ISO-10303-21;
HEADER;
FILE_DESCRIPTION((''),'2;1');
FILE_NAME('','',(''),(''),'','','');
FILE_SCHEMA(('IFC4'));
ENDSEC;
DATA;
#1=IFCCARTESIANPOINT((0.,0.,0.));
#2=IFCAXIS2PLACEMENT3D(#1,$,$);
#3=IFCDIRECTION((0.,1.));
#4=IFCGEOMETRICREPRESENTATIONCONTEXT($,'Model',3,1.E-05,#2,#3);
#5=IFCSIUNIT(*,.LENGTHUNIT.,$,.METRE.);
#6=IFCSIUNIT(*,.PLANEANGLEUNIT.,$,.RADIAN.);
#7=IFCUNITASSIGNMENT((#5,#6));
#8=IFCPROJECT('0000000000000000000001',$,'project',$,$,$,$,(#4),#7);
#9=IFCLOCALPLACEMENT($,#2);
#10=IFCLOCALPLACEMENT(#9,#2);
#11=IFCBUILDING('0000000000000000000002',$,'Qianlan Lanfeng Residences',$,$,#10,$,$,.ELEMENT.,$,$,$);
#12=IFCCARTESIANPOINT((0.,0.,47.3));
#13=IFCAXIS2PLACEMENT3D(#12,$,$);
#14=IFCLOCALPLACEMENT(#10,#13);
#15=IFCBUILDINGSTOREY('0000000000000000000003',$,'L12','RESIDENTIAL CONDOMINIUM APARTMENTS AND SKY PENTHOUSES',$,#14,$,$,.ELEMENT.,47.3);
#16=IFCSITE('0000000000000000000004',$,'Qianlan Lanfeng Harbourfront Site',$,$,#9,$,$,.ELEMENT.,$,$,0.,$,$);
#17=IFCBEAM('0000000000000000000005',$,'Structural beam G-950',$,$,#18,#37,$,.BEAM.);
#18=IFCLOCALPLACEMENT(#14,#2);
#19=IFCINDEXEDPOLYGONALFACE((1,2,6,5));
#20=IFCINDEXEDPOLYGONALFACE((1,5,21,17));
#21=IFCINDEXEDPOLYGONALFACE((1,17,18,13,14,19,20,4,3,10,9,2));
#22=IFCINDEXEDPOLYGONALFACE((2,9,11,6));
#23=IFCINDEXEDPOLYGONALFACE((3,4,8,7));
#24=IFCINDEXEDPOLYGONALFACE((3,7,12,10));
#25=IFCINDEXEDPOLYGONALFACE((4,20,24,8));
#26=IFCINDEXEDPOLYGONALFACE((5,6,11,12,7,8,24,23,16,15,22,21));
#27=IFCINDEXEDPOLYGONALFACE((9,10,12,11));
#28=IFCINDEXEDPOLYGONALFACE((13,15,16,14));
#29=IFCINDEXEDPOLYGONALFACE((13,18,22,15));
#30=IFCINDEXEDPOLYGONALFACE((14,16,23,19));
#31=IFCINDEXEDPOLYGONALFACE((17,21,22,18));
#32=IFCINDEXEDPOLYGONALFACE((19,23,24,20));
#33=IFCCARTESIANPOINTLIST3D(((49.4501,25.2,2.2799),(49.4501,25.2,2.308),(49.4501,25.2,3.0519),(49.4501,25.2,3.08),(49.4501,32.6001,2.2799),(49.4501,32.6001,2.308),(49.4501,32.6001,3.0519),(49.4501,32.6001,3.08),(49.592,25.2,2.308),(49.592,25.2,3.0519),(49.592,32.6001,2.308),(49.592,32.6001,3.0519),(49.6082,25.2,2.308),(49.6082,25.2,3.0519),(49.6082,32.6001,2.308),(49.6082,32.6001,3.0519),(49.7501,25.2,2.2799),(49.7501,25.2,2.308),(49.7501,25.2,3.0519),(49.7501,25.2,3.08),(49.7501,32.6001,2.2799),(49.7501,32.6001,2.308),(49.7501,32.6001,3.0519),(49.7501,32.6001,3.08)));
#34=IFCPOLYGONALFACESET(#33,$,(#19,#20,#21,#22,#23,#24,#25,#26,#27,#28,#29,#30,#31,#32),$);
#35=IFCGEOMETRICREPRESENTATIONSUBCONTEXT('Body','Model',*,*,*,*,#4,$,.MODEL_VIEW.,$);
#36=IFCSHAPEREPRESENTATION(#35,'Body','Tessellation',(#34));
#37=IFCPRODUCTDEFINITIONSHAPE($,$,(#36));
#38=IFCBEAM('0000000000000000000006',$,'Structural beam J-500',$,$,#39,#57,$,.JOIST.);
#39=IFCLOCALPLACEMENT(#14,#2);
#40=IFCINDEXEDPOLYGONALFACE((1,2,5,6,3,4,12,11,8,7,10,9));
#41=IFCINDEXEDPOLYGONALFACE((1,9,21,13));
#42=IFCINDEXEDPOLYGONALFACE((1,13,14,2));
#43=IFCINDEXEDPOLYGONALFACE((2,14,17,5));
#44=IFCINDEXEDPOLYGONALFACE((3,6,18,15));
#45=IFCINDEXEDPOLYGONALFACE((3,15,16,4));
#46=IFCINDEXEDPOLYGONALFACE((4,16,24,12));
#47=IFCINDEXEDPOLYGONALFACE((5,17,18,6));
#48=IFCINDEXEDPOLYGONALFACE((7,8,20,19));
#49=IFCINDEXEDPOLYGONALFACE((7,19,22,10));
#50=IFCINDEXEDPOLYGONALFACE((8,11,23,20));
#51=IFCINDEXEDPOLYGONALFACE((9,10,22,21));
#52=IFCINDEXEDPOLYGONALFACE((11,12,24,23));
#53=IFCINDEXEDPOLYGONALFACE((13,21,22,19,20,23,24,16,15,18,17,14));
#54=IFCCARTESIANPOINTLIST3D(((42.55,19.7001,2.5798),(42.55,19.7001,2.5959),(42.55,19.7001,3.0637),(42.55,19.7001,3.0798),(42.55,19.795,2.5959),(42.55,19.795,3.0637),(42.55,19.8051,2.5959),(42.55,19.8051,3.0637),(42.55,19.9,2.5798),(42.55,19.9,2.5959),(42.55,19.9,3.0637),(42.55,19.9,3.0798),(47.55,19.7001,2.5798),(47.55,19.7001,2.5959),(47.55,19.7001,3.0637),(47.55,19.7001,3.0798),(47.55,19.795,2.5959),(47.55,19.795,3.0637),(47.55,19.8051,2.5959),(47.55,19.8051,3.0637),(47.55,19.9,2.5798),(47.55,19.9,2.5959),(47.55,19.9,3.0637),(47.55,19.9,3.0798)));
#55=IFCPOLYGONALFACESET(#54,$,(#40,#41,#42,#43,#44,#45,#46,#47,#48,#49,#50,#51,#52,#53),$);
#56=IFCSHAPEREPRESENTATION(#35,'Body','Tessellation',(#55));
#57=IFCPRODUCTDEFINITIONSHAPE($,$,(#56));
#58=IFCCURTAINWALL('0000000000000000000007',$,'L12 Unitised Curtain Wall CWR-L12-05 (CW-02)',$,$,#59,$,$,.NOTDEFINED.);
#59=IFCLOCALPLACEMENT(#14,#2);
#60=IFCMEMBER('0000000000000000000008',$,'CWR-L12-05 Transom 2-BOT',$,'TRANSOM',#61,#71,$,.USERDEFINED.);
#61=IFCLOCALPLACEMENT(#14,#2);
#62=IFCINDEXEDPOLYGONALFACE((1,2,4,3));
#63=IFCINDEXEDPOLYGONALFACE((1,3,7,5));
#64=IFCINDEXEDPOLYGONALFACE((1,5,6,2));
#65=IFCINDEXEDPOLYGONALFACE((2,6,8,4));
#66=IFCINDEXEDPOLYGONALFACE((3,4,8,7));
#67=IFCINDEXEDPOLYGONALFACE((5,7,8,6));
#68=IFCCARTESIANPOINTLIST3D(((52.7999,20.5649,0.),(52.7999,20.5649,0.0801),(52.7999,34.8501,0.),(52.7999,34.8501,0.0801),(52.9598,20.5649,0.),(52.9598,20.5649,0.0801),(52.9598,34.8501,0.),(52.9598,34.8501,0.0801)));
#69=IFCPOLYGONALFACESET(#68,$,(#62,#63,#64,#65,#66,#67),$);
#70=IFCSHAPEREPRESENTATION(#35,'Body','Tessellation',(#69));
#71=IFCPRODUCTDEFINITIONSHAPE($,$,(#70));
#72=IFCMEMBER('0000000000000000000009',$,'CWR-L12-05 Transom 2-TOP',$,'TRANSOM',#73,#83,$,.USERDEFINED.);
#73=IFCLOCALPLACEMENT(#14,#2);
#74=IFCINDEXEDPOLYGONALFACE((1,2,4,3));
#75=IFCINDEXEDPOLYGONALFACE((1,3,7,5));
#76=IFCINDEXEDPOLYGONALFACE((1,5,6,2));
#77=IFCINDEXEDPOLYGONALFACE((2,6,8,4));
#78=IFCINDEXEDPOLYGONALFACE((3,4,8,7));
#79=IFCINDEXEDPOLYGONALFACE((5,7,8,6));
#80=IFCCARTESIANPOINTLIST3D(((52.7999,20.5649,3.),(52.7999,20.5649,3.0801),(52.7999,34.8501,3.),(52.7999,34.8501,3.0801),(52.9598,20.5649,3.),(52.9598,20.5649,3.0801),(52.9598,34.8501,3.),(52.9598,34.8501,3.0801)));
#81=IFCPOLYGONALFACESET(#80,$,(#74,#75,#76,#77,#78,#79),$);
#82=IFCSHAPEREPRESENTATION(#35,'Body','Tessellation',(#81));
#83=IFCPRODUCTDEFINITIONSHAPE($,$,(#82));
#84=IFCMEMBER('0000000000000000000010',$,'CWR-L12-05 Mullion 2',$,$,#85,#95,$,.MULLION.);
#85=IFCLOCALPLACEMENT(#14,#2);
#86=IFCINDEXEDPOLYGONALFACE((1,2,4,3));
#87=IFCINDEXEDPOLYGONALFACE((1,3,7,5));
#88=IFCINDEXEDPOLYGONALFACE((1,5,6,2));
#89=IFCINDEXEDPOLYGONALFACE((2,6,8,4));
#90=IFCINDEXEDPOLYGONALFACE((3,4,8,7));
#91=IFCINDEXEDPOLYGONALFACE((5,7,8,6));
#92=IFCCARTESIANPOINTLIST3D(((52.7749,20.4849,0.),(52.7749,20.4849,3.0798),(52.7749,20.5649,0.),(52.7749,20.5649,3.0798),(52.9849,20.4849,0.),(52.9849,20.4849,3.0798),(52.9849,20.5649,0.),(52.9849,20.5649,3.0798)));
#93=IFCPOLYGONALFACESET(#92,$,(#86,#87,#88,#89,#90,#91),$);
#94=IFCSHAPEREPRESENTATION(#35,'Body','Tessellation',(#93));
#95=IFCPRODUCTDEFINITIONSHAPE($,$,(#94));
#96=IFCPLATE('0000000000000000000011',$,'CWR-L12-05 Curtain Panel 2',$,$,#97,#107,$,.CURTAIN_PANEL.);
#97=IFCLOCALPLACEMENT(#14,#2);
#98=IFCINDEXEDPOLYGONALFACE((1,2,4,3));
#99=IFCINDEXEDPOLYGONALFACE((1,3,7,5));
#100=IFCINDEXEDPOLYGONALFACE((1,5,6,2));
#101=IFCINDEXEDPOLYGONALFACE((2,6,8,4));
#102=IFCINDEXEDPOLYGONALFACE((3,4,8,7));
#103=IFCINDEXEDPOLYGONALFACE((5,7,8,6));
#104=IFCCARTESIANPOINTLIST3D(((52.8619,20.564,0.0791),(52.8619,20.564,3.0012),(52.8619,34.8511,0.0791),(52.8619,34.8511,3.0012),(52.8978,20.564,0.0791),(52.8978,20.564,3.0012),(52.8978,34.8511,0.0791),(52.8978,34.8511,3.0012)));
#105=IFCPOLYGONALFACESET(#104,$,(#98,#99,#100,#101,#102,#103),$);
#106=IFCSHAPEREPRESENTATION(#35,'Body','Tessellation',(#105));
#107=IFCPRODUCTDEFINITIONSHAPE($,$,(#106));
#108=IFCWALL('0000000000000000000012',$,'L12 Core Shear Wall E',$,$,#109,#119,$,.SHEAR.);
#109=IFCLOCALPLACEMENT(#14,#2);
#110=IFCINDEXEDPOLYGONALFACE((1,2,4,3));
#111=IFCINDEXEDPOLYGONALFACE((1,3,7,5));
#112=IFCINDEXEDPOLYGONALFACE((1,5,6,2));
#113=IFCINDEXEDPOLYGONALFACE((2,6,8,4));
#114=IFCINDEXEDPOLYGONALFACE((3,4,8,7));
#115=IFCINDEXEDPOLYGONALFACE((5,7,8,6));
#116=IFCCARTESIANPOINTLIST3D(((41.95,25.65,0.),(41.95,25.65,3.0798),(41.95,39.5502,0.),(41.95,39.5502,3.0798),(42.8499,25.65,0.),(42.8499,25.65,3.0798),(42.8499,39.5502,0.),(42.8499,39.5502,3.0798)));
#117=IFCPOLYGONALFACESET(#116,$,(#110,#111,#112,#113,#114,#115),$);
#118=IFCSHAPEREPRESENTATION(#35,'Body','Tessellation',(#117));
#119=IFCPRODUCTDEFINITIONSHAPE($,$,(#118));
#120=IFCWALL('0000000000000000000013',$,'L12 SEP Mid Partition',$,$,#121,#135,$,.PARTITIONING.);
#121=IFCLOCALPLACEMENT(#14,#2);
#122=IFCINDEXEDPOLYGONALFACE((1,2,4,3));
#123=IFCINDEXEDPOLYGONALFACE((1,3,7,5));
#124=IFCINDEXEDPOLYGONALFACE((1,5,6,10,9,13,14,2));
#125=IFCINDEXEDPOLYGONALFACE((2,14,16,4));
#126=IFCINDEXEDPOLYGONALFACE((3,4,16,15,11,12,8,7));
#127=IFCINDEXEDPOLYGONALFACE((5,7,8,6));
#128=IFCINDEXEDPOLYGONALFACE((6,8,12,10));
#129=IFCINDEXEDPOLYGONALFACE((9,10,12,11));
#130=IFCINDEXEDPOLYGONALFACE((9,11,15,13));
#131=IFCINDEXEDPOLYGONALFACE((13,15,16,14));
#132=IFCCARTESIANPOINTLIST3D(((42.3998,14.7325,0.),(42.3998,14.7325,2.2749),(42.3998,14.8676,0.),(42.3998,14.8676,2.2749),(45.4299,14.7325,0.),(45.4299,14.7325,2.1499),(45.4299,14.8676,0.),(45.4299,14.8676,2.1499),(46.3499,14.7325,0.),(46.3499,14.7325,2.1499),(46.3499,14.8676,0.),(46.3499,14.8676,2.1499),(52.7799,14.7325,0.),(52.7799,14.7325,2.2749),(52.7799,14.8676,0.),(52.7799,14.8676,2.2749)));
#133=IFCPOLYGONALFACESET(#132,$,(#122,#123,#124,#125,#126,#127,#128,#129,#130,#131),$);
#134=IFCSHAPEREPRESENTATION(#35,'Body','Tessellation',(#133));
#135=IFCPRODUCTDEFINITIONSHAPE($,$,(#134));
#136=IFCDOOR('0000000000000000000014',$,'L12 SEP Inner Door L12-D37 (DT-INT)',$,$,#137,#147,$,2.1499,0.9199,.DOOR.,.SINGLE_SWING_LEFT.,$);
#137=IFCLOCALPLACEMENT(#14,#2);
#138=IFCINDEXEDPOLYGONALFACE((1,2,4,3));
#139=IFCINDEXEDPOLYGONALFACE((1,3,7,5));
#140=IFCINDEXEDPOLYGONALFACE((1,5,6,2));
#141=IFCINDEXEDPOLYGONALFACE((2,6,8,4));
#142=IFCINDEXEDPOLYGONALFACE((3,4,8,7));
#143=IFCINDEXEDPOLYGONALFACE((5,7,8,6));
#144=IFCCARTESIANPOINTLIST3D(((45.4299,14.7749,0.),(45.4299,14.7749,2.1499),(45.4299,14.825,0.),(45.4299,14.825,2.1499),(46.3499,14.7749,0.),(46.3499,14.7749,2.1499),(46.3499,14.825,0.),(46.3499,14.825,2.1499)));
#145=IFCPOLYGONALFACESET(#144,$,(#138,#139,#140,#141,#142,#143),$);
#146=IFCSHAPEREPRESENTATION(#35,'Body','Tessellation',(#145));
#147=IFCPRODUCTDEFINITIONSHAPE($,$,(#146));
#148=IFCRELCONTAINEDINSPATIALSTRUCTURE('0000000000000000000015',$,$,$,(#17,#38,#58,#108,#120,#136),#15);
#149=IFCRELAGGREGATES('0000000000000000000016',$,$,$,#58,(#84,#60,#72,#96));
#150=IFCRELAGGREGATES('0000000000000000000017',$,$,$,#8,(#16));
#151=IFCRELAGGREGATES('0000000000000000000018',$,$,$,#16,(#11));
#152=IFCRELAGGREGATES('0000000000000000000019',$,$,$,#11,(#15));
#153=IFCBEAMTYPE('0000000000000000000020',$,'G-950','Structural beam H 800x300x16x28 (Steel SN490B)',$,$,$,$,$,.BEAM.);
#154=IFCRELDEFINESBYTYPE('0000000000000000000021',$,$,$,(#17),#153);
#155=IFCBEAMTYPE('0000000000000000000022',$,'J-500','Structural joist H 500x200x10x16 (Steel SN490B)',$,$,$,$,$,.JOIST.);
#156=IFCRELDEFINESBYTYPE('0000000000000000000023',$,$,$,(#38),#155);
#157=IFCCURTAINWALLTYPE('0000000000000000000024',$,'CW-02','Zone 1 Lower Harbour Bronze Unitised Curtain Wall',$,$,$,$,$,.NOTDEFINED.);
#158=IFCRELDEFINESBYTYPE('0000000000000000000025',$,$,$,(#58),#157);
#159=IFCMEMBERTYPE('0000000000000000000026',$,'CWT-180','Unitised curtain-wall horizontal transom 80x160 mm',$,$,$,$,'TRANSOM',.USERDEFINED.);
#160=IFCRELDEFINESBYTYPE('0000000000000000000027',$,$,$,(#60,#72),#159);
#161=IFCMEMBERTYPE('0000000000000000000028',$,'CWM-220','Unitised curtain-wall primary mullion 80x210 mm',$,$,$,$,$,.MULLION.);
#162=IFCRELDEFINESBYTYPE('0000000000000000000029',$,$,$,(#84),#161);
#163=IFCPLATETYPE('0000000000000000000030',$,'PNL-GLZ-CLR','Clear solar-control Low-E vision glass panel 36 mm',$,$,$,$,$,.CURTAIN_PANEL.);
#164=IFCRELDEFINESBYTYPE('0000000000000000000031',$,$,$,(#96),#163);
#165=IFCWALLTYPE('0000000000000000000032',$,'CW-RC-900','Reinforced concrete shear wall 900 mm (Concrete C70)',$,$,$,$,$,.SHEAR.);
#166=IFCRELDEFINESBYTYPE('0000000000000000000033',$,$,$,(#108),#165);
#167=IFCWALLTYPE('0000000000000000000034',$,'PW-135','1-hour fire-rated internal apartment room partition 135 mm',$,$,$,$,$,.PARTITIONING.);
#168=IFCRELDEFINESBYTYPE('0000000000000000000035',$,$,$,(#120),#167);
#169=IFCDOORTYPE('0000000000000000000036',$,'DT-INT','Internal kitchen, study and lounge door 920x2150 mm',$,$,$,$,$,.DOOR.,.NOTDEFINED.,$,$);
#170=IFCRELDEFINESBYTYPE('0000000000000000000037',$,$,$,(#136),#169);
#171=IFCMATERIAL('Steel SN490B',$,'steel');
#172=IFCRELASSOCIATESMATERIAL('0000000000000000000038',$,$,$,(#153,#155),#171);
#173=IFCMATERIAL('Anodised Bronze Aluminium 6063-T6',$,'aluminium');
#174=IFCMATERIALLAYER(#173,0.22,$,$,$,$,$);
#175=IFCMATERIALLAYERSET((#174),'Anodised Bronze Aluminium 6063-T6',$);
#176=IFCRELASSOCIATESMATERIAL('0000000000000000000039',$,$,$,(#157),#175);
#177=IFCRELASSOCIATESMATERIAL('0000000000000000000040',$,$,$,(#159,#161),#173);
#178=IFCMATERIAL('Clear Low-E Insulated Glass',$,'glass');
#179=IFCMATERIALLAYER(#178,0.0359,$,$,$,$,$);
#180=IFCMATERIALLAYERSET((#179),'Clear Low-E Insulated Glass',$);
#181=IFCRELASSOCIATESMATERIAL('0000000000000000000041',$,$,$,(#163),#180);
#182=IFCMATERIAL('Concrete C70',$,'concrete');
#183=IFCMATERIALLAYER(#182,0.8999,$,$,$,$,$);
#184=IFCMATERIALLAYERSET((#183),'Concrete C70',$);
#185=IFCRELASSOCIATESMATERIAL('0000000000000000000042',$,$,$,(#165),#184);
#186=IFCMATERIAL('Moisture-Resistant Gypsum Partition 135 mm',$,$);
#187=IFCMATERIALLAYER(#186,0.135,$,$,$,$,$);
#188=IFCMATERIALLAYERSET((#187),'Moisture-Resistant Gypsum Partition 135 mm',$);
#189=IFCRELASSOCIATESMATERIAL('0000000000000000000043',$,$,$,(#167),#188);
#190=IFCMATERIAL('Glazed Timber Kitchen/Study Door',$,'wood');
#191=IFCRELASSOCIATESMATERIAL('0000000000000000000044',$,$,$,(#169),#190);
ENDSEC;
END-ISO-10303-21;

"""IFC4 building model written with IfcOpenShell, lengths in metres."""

from ifc_helpers import new_model, si_unit, direction, frame, frame_2d, origin, origin_2d, place, context, subcontext, project, spatial, rectangle, i_section, extrude, source, transform, mapped, material, layer, layer_set, material_profile, profile_set, type_object, element, fill, aggregate, save


model = new_model("IFC4")

# Units and contexts
model_context = context("Model", 3, precision=1e-05, world=origin(), true_north=direction((0.0, 1.0)))
body_context = subcontext(model_context, "Body", "Model", "MODEL_VIEW")
ifc_project = project(units=[si_unit("LENGTHUNIT", "METRE"), si_unit("PLANEANGLEUNIT", "RADIAN")], contexts=[model_context])

# Site, building, storey
site_placement = place(None, origin())
site = spatial("IfcSite", under=ifc_project, at=site_placement, Name="Qianlan Lanfeng Harbourfront Site", CompositionType="ELEMENT", RefElevation=0.0)
building_placement = place(site_placement, origin())
building = spatial("IfcBuilding", under=site, at=building_placement, Name="Qianlan Lanfeng Residences", CompositionType="ELEMENT")
storey_placement = place(building_placement, frame((0.0, 0.0, 47.3)))
storey = spatial("IfcBuildingStorey", under=building, at=storey_placement, Name="L12", Description="RESIDENTIAL CONDOMINIUM APARTMENTS AND SKY PENTHOUSES", CompositionType="ELEMENT", Elevation=47.3)

# Beams
ifc_material_1 = material(Name="Steel SN490B", Category="steel")
ifc_material_profile_1 = material_profile(ifc_material_1, i_section(OverallWidth=0.3, OverallDepth=0.8, WebThickness=0.0161, FlangeThickness=0.0281, at=origin_2d()), Name="H 800x300x16x28")
ifc_profile_set_1 = profile_set([ifc_material_profile_1], Name="Steel SN490B")
beam_type_1 = type_object("IfcBeamType", Name="G-950", Description="Structural beam H 800x300x16x28 (Steel SN490B)", PredefinedType="BEAM", material=ifc_profile_set_1)
beam_1_placement = place(storey_placement, frame((49.6001, 25.2, 2.6799), z_axis=(0.0, 1.0, 0.0), x_axis=(-1.0, 0.0, 0.0)))
element("IfcBeam", 1, at=beam_1_placement, inside=storey, type_object=beam_type_1, Name="Structural beam G-950", PredefinedType="BEAM", context=body_context, shape_type="SweptSolid", body=[
    extrude(i_section(OverallWidth=0.3, OverallDepth=0.8, WebThickness=0.0161, FlangeThickness=0.0281, at=origin_2d()), origin(), (0.0, 0.0, 1.0), 7.4001),
])
ifc_material_profile_2 = material_profile(ifc_material_1, i_section(OverallWidth=0.2, OverallDepth=0.5, WebThickness=0.01, FlangeThickness=0.0161, at=origin_2d()), Name="H 500x200x10x16")
ifc_profile_set_2 = profile_set([ifc_material_profile_2], Name="Steel SN490B")
beam_type_2 = type_object("IfcBeamType", Name="J-500", Description="Structural joist H 500x200x10x16 (Steel SN490B)", PredefinedType="JOIST", material=ifc_profile_set_2)
beam_2_placement = place(storey_placement, frame((42.55, 19.8, 2.8298), z_axis=(1.0, 0.0, 0.0), x_axis=(0.0, 1.0, 0.0)))
element("IfcBeam", 2, at=beam_2_placement, inside=storey, type_object=beam_type_2, Name="Structural beam J-500", PredefinedType="JOIST", context=body_context, shape_type="SweptSolid", body=[
    extrude(i_section(OverallWidth=0.2, OverallDepth=0.5, WebThickness=0.01, FlangeThickness=0.0161, at=origin_2d()), origin(), (0.0, 0.0, 1.0), 5.0),
])

# Curtain wall, members, plate
ifc_material_2 = material(Name="Anodised Bronze Aluminium 6063-T6", Category="aluminium")
ifc_layer_1 = layer(ifc_material_2, 0.22)
ifc_layer_set_1 = layer_set([ifc_layer_1], Name="Anodised Bronze Aluminium 6063-T6")
curtain_wall_type = type_object("IfcCurtainWallType", Name="CW-02", Description="Zone 1 Lower Harbour Bronze Unitised Curtain Wall", PredefinedType="NOTDEFINED", material=ifc_layer_set_1)
curtain_wall_placement = place(storey_placement, origin())
curtain_wall = element("IfcCurtainWall", 3, at=curtain_wall_placement, inside=storey, type_object=curtain_wall_type, Name="L12 Unitised Curtain Wall CWR-L12-05 (CW-02)", PredefinedType="NOTDEFINED")
ifc_material_profile_3 = material_profile(ifc_material_2, rectangle(XDim=0.0801, YDim=0.1599, at=origin_2d()), Name="ALU TRANSOM 80x160")
ifc_profile_set_3 = profile_set([ifc_material_profile_3], Name="Anodised Bronze Aluminium 6063-T6")
member_type_1 = type_object("IfcMemberType", Name="CWT-180", Description="Unitised curtain-wall horizontal transom 80x160 mm", ElementType="TRANSOM", PredefinedType="USERDEFINED", material=ifc_profile_set_3)
shared_shape_1 = source(origin(), body_context, "Body", "SweptSolid", [
    extrude(rectangle(XDim=0.0801, YDim=0.1599, at=origin_2d()), origin(), (0.0, 0.0, 1.0), 14.2852),
])
member_1_placement = place(storey_placement, frame((52.8799, 20.5649, 0.04), z_axis=(0.0, 1.0, 0.0), x_axis=(0.0, 0.0, 1.0)))
member_1 = element("IfcMember", 4, at=member_1_placement, type_object=member_type_1, Name="CWR-L12-05 Transom 2-BOT", ObjectType="TRANSOM", PredefinedType="USERDEFINED", context=body_context, shape_type="MappedRepresentation", body=[
    mapped(shared_shape_1, transform((0.0, 0.0, 0.0), scale=1.0)),
])
member_2_placement = place(storey_placement, frame((52.8799, 20.5649, 3.04), z_axis=(0.0, 1.0, 0.0), x_axis=(0.0, 0.0, 1.0)))
member_2 = element("IfcMember", 5, at=member_2_placement, type_object=member_type_1, Name="CWR-L12-05 Transom 2-TOP", ObjectType="TRANSOM", PredefinedType="USERDEFINED", context=body_context, shape_type="MappedRepresentation", body=[
    mapped(shared_shape_1, transform((0.0, 0.0, 0.0), scale=1.0)),
])
ifc_material_profile_4 = material_profile(ifc_material_2, rectangle(XDim=0.0801, YDim=0.21, at=origin_2d()), Name="ALU MULLION 80x210")
ifc_profile_set_4 = profile_set([ifc_material_profile_4], Name="Anodised Bronze Aluminium 6063-T6")
member_type_2 = type_object("IfcMemberType", Name="CWM-220", Description="Unitised curtain-wall primary mullion 80x210 mm", PredefinedType="MULLION", material=ifc_profile_set_4)
shared_shape_2 = source(origin(), body_context, "Body", "SweptSolid", [
    extrude(rectangle(XDim=0.0801, YDim=0.21, at=origin_2d()), origin(), (0.0, 0.0, 1.0), 3.0798),
])
member_3_placement = place(storey_placement, frame((52.8799, 20.5249, 0.0), z_axis=(0.0, 0.0, 1.0), x_axis=(0.0, 1.0, 0.0)))
member_3 = element("IfcMember", 6, at=member_3_placement, type_object=member_type_2, Name="CWR-L12-05 Mullion 2", PredefinedType="MULLION", context=body_context, shape_type="MappedRepresentation", body=[
    mapped(shared_shape_2, transform((0.0, 0.0, 0.0), scale=1.0)),
])
ifc_material_3 = material(Name="Clear Low-E Insulated Glass", Category="glass")
ifc_layer_2 = layer(ifc_material_3, 0.0359)
ifc_layer_set_2 = layer_set([ifc_layer_2], Name="Clear Low-E Insulated Glass")
plate_type = type_object("IfcPlateType", Name="PNL-GLZ-CLR", Description="Clear solar-control Low-E vision glass panel 36 mm", PredefinedType="CURTAIN_PANEL", material=ifc_layer_set_2)
shared_shape_3 = source(origin(), body_context, "Body", "SweptSolid", [
    extrude(rectangle(XDim=14.2871, YDim=0.0359, at=origin_2d()), origin(), (0.0, 0.0, 1.0), 2.9221),
])
plate_placement = place(storey_placement, frame((52.8799, 27.7075, 0.0791), z_axis=(0.0, 0.0, 1.0), x_axis=(0.0, 1.0, 0.0)))
plate = element("IfcPlate", 7, at=plate_placement, type_object=plate_type, Name="CWR-L12-05 Curtain Panel 2", PredefinedType="CURTAIN_PANEL", context=body_context, shape_type="MappedRepresentation", body=[
    mapped(shared_shape_3, transform((0.0, 0.0, 0.0), scale=1.0)),
])
aggregate(curtain_wall, [member_3, member_1, member_2, plate])

# Wall
ifc_material_4 = material(Name="Concrete C70", Category="concrete")
ifc_layer_3 = layer(ifc_material_4, 0.8999)
ifc_layer_set_3 = layer_set([ifc_layer_3], Name="Concrete C70")
wall_type_1 = type_object("IfcWallType", Name="CW-RC-900", Description="Reinforced concrete shear wall 900 mm (Concrete C70)", PredefinedType="SHEAR", material=ifc_layer_set_3)
wall_1_placement = place(storey_placement, frame((42.3999, 25.6499, 0.0), z_axis=(0.0, 0.0, 1.0), x_axis=(0.0, 1.0, 0.0)))
element("IfcWall", 8, at=wall_1_placement, inside=storey, type_object=wall_type_1, Name="L12 Core Shear Wall E", PredefinedType="SHEAR", context=body_context, shape_type="SweptSolid", body=[
    extrude(rectangle(XDim=13.9001, YDim=0.8999, at=frame_2d((6.9502, 0.0))), origin(), (0.0, 0.0, 1.0), 3.0798),
])

# Wall, opening, door
ifc_material_5 = material(Name="Moisture-Resistant Gypsum Partition 135 mm")
ifc_layer_4 = layer(ifc_material_5, 0.135)
ifc_layer_set_4 = layer_set([ifc_layer_4], Name="Moisture-Resistant Gypsum Partition 135 mm")
wall_type_2 = type_object("IfcWallType", Name="PW-135", Description="1-hour fire-rated internal apartment room partition 135 mm", PredefinedType="PARTITIONING", material=ifc_layer_set_4)
wall_2_placement = place(storey_placement, frame((42.3999, 14.8, 0.0), z_axis=(0.0, 0.0, 1.0), x_axis=(1.0, 0.0, 0.0)))
wall_2 = element("IfcWall", 9, at=wall_2_placement, inside=storey, type_object=wall_type_2, Name="L12 SEP Mid Partition", PredefinedType="PARTITIONING", context=body_context, shape_type="SweptSolid", body=[
    extrude(rectangle(XDim=10.3801, YDim=0.135, at=frame_2d((5.1899, 0.0))), origin(), (0.0, 0.0, 1.0), 2.2749),
])
opening_1_placement = place(wall_2_placement, frame((3.03, 0.0, 0.0)))
opening_1 = element("IfcOpeningElement", 10, at=opening_1_placement, cuts=wall_2, PredefinedType="OPENING", context=body_context, shape_type="SweptSolid", body=[
    extrude(rectangle(XDim=0.9199, YDim=2.1499, at=frame_2d((0.46, 1.075))), frame((0.0, 0.0776, 0.0), z_axis=(0.0, -1.0, 0.0), x_axis=(1.0, 0.0, 0.0)), (0.0, 0.0, 1.0), 0.155),
])
ifc_material_6 = material(Name="Glazed Timber Kitchen/Study Door", Category="wood")
door_type = type_object("IfcDoorType", Name="DT-INT", Description="Internal kitchen, study and lounge door 920x2150 mm", OperationType="NOTDEFINED", PredefinedType="DOOR", material=ifc_material_6)
door_1_placement = place(opening_1_placement, origin())
door_1 = element("IfcDoor", 11, at=door_1_placement, inside=storey, type_object=door_type, Name="L12 SEP Inner Door L12-D37 (DT-INT)", OperationType="SINGLE_SWING_LEFT", OverallHeight=2.1499, OverallWidth=0.9199, PredefinedType="DOOR", context=body_context, shape_type="SweptSolid", body=[
    extrude(rectangle(XDim=0.9199, YDim=2.1499, at=frame_2d((0.46, 1.075))), frame((0.0, 0.0249, 0.0), z_axis=(0.0, -1.0, 0.0), x_axis=(1.0, 0.0, 0.0)), (0.0, 0.0, 1.0), 0.05),
])
fill(opening_1, door_1)

save(model, "model.ifc")
